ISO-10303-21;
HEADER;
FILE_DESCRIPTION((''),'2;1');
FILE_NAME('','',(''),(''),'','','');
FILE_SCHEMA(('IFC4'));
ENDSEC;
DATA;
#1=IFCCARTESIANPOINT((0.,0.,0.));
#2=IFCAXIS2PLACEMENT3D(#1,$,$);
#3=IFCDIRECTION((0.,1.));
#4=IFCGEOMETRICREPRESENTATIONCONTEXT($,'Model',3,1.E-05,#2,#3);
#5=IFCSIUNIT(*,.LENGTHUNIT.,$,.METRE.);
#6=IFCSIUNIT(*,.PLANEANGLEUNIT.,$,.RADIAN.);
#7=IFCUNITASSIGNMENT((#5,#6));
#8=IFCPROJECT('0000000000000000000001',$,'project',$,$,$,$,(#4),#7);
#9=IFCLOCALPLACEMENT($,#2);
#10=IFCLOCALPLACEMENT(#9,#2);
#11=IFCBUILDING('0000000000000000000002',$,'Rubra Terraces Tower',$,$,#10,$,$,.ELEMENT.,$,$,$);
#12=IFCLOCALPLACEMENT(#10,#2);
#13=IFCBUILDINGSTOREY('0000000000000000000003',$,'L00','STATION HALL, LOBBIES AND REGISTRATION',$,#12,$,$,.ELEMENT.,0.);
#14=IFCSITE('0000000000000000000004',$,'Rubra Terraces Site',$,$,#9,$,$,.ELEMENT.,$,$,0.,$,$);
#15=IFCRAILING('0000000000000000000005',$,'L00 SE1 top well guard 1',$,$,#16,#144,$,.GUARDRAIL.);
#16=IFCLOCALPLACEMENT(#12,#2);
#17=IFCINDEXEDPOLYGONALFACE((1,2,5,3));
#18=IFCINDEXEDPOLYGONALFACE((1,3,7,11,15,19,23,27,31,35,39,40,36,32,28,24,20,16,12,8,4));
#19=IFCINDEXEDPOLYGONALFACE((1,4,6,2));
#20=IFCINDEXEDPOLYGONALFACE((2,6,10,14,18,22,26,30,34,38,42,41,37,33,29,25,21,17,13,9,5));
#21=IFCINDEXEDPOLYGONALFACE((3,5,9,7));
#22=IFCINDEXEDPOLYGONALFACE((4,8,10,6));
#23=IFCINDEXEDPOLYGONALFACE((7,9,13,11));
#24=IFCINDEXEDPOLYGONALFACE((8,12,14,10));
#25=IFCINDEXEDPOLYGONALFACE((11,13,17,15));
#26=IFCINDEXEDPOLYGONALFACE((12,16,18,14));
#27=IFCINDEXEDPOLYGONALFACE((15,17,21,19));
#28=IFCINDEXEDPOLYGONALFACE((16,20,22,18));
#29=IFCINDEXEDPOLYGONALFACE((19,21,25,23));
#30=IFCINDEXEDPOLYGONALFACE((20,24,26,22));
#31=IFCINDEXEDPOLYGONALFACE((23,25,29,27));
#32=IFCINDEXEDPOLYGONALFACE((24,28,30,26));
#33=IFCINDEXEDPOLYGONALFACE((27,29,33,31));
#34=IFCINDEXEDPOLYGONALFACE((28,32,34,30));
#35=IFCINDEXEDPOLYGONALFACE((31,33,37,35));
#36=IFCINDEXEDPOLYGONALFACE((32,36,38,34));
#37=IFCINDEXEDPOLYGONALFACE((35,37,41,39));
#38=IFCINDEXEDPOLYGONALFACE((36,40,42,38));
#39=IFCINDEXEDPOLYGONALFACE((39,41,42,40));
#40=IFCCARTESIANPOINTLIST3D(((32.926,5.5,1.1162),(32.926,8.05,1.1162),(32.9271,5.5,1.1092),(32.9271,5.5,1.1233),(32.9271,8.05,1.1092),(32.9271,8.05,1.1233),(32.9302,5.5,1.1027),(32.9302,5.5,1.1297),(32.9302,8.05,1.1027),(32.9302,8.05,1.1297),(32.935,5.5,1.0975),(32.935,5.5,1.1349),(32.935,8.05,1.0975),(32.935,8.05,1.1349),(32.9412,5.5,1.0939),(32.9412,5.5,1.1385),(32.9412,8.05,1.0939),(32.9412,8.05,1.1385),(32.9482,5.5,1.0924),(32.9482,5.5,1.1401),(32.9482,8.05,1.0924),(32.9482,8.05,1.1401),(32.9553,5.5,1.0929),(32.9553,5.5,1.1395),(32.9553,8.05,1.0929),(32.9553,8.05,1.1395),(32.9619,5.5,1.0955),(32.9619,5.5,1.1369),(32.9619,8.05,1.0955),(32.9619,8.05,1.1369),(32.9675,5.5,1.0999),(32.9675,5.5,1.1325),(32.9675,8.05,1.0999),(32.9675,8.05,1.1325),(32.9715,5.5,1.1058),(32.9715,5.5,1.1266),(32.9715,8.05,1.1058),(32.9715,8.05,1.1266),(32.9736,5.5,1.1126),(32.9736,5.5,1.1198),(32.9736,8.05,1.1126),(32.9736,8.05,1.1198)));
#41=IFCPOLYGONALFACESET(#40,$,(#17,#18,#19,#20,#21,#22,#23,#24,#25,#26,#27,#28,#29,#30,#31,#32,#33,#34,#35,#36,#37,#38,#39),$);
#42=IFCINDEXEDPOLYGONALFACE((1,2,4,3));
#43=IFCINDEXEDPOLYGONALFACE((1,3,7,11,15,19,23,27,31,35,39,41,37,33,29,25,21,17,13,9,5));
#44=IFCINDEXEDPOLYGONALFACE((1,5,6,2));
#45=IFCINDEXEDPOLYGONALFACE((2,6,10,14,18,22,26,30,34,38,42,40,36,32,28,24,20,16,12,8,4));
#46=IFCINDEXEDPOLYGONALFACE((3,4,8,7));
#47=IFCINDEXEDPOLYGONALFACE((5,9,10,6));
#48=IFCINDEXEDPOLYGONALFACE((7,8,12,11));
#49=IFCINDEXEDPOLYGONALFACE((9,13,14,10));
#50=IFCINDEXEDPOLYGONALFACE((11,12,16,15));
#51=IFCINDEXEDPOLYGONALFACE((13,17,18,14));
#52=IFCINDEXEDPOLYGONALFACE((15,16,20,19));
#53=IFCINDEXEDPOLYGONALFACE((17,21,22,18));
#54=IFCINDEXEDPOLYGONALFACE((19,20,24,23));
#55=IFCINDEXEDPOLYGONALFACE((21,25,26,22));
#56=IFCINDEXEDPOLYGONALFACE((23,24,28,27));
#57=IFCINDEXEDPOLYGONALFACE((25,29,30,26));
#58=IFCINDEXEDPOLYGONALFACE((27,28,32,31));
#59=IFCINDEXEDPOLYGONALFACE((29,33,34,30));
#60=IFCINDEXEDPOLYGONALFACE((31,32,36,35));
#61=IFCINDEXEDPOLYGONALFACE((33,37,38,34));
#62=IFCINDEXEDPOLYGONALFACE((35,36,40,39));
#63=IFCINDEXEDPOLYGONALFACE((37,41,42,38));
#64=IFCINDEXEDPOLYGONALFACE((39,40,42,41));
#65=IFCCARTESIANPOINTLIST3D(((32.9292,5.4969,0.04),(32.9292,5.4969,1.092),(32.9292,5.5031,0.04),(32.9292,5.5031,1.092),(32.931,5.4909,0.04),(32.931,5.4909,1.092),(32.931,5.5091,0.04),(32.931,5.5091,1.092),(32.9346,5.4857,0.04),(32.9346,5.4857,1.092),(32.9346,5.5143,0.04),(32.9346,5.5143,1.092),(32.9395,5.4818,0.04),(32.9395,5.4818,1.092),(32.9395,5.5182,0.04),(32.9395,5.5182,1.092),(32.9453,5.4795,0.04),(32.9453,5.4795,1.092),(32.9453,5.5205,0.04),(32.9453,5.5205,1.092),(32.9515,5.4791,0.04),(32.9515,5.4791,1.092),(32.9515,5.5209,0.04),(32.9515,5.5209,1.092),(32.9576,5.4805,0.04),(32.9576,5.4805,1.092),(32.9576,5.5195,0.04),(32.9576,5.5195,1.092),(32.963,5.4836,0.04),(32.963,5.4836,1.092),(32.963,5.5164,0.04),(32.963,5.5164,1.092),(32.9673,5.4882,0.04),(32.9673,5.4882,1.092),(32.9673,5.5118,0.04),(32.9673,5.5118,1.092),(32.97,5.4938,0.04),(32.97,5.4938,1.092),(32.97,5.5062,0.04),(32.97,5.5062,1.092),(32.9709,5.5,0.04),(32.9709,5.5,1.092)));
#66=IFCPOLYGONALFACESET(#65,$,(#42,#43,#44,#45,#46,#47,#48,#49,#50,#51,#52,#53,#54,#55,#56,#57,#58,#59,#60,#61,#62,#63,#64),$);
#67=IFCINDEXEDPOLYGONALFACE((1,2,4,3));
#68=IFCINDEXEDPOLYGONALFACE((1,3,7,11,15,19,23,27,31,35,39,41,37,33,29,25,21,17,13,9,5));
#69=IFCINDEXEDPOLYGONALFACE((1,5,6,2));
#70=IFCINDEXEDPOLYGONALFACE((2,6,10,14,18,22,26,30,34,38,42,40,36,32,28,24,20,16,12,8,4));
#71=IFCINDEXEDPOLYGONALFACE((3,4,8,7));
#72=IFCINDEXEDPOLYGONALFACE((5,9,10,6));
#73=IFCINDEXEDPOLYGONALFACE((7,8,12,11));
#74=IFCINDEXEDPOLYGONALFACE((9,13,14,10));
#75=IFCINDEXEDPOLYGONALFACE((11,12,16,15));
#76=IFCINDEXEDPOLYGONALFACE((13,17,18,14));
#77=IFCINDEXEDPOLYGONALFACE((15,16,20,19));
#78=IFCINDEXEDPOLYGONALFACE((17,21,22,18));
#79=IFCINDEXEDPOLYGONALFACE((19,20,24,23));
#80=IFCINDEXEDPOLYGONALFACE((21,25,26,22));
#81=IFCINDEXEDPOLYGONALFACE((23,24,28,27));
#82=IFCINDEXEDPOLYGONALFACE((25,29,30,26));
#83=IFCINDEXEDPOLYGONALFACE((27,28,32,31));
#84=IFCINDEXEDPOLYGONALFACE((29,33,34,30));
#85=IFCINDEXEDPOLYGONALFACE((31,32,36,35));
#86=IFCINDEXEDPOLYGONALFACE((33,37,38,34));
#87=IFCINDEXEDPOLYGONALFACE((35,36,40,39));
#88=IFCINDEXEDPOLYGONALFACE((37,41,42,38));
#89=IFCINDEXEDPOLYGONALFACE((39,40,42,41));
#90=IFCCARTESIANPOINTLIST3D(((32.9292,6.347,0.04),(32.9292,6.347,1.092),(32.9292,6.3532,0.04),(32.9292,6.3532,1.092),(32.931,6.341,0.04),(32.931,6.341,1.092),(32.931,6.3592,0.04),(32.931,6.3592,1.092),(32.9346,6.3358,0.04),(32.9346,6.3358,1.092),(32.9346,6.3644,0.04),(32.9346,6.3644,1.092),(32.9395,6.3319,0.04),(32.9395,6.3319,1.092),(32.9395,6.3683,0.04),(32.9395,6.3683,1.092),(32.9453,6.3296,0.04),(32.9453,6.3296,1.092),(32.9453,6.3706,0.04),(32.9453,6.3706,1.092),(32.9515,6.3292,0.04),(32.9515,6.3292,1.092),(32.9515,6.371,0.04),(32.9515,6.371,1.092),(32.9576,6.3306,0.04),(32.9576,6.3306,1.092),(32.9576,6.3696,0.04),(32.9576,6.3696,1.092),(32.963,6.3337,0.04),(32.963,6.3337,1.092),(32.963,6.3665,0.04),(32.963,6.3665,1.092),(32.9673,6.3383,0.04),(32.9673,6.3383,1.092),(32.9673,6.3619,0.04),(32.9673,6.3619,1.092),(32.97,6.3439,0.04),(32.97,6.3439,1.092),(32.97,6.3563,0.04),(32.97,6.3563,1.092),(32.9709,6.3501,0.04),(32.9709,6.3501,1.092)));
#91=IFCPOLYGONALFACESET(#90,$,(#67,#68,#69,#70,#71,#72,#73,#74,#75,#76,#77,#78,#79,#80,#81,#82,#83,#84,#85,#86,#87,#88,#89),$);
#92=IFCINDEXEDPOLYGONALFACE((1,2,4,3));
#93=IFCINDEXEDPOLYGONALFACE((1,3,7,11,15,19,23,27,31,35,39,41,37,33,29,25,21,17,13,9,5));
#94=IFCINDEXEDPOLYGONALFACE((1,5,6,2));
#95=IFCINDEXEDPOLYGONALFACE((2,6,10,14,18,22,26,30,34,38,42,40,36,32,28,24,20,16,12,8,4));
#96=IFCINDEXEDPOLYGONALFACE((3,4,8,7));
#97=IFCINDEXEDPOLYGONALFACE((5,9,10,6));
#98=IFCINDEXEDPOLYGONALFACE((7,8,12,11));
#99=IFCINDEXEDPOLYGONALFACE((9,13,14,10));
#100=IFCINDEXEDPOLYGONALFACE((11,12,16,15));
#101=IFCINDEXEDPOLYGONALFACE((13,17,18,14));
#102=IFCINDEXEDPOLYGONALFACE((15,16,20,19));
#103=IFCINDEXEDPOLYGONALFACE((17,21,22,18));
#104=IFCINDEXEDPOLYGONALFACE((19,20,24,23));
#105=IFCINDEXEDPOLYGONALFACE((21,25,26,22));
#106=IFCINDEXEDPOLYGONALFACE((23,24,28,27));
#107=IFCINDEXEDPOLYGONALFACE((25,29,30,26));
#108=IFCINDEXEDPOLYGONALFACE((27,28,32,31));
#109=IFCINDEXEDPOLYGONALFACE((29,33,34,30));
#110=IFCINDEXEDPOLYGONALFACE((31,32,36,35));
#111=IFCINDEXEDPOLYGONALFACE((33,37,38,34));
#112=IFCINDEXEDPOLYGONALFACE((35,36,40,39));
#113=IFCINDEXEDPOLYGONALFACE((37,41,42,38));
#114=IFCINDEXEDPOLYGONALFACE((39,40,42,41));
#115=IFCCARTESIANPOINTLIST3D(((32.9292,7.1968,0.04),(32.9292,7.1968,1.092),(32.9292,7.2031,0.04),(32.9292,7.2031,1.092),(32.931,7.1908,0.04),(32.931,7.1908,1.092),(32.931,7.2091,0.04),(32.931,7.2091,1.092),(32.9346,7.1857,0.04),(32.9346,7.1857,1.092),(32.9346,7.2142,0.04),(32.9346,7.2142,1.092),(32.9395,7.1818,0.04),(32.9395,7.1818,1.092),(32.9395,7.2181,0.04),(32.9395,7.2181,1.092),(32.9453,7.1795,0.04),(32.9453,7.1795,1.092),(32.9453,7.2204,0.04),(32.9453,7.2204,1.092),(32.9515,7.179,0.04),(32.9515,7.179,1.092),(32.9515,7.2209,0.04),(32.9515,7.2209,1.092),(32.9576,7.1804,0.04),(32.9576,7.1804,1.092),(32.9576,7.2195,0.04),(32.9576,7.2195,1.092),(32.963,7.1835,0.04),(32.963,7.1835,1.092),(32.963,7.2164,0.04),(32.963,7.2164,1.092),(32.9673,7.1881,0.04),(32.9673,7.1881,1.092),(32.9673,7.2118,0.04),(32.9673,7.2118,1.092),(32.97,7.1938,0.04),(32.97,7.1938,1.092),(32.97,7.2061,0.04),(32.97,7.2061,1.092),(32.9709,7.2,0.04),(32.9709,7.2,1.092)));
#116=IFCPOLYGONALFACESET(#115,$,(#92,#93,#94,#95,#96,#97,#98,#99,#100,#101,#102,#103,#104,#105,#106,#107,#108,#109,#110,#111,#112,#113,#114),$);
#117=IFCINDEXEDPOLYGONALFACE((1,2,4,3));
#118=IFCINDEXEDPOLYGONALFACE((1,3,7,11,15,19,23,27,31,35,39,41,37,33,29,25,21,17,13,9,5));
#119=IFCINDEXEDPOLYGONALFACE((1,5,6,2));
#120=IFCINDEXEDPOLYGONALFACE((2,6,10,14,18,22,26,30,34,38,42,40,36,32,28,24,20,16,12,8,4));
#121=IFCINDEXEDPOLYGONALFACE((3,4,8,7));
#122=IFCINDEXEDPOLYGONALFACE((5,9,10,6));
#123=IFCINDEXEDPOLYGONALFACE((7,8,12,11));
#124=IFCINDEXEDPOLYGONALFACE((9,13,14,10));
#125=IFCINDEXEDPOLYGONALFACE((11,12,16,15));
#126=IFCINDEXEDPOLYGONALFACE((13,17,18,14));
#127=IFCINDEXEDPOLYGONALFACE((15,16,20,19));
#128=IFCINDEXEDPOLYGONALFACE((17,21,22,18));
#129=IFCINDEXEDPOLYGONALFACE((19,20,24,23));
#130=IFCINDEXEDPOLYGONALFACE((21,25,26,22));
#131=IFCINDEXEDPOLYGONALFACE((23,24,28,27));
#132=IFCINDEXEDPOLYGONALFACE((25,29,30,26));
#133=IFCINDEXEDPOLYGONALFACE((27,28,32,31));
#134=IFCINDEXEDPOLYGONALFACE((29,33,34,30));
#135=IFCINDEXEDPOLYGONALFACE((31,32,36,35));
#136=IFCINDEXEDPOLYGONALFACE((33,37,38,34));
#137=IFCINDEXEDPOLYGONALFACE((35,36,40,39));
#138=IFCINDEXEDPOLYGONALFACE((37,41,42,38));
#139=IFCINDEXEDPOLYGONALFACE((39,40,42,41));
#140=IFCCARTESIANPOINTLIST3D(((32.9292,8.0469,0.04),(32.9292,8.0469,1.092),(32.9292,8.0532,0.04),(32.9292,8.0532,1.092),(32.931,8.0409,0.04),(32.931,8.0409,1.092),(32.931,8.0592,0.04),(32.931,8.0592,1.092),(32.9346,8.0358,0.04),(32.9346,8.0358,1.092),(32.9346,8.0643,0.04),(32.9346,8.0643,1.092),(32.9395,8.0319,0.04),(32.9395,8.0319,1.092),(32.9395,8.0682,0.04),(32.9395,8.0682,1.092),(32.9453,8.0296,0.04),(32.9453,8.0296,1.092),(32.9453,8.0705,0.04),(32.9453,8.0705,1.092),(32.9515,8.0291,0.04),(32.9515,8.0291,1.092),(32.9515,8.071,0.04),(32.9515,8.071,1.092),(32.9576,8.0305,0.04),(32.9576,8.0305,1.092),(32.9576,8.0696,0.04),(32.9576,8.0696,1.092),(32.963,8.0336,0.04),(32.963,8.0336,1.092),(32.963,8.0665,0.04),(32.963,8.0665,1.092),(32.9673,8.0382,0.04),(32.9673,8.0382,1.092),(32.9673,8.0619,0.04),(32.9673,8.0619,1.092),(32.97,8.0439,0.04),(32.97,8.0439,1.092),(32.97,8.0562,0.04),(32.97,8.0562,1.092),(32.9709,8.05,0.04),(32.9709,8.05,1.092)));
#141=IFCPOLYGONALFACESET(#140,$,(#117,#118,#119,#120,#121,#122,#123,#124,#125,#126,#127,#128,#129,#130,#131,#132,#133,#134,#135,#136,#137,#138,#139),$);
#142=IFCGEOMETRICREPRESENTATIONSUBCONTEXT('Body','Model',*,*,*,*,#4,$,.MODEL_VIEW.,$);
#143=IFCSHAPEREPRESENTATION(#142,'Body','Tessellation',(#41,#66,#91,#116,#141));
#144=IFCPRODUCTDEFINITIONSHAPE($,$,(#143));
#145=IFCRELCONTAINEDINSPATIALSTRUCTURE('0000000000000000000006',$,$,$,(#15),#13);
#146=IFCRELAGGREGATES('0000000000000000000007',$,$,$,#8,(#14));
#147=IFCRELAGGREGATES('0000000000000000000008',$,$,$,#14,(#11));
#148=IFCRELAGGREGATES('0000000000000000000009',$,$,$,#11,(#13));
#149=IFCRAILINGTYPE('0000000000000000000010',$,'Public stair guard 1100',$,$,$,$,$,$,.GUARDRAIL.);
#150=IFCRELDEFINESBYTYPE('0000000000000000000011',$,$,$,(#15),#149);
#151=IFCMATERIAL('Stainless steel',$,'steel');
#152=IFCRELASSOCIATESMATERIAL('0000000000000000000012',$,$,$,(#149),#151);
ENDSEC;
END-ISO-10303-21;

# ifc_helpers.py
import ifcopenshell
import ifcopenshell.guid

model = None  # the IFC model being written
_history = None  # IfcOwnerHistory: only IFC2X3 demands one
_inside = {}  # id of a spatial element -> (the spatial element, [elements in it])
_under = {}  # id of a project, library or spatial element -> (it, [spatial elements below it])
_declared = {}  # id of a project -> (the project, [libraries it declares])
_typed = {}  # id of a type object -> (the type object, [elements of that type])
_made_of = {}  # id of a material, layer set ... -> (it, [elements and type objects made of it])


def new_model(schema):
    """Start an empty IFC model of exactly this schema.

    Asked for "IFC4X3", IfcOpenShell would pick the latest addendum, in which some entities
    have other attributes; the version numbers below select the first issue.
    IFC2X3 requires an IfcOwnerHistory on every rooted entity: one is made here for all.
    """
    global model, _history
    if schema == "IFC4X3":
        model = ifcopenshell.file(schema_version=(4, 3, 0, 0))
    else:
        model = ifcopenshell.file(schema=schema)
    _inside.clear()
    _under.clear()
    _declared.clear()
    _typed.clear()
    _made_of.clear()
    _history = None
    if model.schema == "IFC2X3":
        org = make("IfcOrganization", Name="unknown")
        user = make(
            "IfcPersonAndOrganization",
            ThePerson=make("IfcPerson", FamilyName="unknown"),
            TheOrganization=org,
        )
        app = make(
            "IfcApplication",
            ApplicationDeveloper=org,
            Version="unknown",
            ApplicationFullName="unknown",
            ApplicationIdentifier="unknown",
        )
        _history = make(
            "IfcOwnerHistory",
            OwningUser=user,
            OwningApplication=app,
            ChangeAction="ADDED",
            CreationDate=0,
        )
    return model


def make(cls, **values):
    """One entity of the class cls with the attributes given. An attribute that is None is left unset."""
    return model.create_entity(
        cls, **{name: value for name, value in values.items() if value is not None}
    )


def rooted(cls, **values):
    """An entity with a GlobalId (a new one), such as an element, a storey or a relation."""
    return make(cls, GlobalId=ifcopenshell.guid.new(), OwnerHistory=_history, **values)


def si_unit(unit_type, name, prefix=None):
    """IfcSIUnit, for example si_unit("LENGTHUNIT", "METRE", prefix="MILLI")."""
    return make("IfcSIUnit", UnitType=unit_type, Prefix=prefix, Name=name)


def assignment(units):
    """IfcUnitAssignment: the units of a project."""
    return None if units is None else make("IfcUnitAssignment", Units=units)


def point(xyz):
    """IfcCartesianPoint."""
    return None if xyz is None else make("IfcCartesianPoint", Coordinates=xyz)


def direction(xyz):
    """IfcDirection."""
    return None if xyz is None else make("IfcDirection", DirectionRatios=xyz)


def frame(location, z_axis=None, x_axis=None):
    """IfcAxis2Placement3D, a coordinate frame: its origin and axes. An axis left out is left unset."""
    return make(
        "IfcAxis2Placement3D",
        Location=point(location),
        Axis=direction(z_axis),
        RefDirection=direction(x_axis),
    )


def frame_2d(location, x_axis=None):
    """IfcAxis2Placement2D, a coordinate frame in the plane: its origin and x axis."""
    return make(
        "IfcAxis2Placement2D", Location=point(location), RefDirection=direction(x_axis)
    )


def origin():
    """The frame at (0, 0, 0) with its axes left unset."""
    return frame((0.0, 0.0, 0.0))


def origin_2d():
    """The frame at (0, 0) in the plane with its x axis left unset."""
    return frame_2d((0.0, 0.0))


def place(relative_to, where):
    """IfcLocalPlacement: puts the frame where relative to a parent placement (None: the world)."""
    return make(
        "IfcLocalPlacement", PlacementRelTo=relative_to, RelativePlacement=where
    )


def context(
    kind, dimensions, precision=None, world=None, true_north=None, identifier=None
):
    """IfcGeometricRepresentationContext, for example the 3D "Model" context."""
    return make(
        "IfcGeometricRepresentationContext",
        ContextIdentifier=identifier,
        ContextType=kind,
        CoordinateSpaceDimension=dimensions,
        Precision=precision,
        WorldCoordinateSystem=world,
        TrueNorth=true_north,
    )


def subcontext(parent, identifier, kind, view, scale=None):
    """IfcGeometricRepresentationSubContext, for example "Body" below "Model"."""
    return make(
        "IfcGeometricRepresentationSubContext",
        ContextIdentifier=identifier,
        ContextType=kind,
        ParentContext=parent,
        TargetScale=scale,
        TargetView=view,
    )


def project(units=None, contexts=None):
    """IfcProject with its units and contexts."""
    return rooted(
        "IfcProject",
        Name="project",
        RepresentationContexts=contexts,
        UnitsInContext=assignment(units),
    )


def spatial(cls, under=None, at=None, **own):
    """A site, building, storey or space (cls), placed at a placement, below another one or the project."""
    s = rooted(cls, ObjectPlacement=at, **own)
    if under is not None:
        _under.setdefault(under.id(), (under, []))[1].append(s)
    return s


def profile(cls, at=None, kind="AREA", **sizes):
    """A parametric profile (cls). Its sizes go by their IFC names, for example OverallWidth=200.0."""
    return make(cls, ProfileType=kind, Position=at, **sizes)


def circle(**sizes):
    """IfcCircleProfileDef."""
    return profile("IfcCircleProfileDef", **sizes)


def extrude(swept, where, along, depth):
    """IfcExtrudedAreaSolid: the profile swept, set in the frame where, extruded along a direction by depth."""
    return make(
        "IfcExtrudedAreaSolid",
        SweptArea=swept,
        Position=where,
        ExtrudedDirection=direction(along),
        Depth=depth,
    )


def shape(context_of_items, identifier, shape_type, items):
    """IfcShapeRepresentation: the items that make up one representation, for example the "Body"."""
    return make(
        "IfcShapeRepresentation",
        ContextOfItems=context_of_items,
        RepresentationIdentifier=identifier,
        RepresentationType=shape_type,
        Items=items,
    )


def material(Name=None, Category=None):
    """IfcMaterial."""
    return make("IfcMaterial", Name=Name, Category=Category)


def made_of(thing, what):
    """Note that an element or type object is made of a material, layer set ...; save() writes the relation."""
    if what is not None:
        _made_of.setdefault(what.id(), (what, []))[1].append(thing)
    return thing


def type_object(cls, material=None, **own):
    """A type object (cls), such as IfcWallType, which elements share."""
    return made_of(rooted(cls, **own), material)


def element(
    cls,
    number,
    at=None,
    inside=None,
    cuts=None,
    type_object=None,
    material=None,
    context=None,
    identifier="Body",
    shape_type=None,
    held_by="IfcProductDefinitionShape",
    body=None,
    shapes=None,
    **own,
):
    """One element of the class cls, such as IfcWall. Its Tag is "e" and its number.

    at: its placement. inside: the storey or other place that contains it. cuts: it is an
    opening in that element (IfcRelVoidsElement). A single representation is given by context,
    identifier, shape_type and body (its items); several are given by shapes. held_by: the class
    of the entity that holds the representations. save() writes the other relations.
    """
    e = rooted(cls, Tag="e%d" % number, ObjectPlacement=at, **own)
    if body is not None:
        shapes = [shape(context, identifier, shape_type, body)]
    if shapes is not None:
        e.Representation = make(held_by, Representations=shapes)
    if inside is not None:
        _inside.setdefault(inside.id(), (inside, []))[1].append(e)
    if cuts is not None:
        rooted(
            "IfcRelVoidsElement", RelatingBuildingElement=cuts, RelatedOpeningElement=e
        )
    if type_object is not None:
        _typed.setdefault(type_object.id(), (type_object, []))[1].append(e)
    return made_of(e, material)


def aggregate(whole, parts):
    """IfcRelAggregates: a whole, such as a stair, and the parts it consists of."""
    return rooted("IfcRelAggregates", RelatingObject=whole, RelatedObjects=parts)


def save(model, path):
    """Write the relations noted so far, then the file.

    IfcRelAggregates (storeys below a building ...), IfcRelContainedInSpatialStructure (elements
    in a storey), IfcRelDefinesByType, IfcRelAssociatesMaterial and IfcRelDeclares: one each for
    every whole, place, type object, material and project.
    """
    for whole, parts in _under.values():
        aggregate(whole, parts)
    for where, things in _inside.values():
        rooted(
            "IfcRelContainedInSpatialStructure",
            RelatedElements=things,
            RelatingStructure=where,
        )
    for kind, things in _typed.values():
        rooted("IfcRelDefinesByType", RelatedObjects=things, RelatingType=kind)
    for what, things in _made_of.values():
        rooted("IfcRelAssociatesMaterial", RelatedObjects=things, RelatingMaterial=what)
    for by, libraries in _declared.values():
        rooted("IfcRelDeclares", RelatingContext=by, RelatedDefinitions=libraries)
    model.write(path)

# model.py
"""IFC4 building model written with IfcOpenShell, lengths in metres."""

from ifc_helpers import new_model, si_unit, direction, frame, origin, origin_2d, place, context, subcontext, project, spatial, circle, extrude, material, type_object, element, save


model = new_model("IFC4")

# Units and contexts
model_context = context("Model", 3, precision=1e-05, world=origin(), true_north=direction((0.0, 1.0)))
body_context = subcontext(model_context, "Body", "Model", "MODEL_VIEW")
ifc_project = project(units=[si_unit("LENGTHUNIT", "METRE"), si_unit("PLANEANGLEUNIT", "RADIAN")], contexts=[model_context])

# Site, building, storey
site_placement = place(None, origin())
site = spatial("IfcSite", under=ifc_project, at=site_placement, Name="Rubra Terraces Site", CompositionType="ELEMENT", RefElevation=0.0)
building_placement = place(site_placement, origin())
building = spatial("IfcBuilding", under=site, at=building_placement, Name="Rubra Terraces Tower", CompositionType="ELEMENT")
storey_placement = place(building_placement, origin())
storey = spatial("IfcBuildingStorey", under=building, at=storey_placement, Name="L00", Description="STATION HALL, LOBBIES AND REGISTRATION", CompositionType="ELEMENT", Elevation=0.0)

# Railing
ifc_material_1 = material(Name="Stainless steel", Category="steel")
railing_type = type_object("IfcRailingType", Name="Public stair guard 1100", PredefinedType="GUARDRAIL", material=ifc_material_1)
railing_1_placement = place(storey_placement, frame((32.95, 5.5, 0.04)))
element("IfcRailing", 1, at=railing_1_placement, inside=storey, type_object=railing_type, Name="L00 SE1 top well guard 1", PredefinedType="GUARDRAIL", context=body_context, shape_type="SweptSolid", body=[
    extrude(circle(Radius=0.0239, at=origin_2d()), frame((0.0, 0.0, 1.0762), z_axis=(0.0, 1.0, 0.0), x_axis=(-1.0, 0.0, 0.0)), (0.0, 0.0, 1.0), 2.55),
    extrude(circle(Radius=0.021, at=origin_2d()), origin(), (0.0, 0.0, 1.0), 1.052),
    extrude(circle(Radius=0.021, at=origin_2d()), frame((0.0, 0.8501, 0.0)), (0.0, 0.0, 1.0), 1.052),
    extrude(circle(Radius=0.021, at=origin_2d()), frame((0.0, 1.7, 0.0)), (0.0, 0.0, 1.0), 1.052),
    extrude(circle(Radius=0.021, at=origin_2d()), frame((0.0, 2.55, 0.0)), (0.0, 0.0, 1.0), 1.052),
])

save(model, "model.ifc")
